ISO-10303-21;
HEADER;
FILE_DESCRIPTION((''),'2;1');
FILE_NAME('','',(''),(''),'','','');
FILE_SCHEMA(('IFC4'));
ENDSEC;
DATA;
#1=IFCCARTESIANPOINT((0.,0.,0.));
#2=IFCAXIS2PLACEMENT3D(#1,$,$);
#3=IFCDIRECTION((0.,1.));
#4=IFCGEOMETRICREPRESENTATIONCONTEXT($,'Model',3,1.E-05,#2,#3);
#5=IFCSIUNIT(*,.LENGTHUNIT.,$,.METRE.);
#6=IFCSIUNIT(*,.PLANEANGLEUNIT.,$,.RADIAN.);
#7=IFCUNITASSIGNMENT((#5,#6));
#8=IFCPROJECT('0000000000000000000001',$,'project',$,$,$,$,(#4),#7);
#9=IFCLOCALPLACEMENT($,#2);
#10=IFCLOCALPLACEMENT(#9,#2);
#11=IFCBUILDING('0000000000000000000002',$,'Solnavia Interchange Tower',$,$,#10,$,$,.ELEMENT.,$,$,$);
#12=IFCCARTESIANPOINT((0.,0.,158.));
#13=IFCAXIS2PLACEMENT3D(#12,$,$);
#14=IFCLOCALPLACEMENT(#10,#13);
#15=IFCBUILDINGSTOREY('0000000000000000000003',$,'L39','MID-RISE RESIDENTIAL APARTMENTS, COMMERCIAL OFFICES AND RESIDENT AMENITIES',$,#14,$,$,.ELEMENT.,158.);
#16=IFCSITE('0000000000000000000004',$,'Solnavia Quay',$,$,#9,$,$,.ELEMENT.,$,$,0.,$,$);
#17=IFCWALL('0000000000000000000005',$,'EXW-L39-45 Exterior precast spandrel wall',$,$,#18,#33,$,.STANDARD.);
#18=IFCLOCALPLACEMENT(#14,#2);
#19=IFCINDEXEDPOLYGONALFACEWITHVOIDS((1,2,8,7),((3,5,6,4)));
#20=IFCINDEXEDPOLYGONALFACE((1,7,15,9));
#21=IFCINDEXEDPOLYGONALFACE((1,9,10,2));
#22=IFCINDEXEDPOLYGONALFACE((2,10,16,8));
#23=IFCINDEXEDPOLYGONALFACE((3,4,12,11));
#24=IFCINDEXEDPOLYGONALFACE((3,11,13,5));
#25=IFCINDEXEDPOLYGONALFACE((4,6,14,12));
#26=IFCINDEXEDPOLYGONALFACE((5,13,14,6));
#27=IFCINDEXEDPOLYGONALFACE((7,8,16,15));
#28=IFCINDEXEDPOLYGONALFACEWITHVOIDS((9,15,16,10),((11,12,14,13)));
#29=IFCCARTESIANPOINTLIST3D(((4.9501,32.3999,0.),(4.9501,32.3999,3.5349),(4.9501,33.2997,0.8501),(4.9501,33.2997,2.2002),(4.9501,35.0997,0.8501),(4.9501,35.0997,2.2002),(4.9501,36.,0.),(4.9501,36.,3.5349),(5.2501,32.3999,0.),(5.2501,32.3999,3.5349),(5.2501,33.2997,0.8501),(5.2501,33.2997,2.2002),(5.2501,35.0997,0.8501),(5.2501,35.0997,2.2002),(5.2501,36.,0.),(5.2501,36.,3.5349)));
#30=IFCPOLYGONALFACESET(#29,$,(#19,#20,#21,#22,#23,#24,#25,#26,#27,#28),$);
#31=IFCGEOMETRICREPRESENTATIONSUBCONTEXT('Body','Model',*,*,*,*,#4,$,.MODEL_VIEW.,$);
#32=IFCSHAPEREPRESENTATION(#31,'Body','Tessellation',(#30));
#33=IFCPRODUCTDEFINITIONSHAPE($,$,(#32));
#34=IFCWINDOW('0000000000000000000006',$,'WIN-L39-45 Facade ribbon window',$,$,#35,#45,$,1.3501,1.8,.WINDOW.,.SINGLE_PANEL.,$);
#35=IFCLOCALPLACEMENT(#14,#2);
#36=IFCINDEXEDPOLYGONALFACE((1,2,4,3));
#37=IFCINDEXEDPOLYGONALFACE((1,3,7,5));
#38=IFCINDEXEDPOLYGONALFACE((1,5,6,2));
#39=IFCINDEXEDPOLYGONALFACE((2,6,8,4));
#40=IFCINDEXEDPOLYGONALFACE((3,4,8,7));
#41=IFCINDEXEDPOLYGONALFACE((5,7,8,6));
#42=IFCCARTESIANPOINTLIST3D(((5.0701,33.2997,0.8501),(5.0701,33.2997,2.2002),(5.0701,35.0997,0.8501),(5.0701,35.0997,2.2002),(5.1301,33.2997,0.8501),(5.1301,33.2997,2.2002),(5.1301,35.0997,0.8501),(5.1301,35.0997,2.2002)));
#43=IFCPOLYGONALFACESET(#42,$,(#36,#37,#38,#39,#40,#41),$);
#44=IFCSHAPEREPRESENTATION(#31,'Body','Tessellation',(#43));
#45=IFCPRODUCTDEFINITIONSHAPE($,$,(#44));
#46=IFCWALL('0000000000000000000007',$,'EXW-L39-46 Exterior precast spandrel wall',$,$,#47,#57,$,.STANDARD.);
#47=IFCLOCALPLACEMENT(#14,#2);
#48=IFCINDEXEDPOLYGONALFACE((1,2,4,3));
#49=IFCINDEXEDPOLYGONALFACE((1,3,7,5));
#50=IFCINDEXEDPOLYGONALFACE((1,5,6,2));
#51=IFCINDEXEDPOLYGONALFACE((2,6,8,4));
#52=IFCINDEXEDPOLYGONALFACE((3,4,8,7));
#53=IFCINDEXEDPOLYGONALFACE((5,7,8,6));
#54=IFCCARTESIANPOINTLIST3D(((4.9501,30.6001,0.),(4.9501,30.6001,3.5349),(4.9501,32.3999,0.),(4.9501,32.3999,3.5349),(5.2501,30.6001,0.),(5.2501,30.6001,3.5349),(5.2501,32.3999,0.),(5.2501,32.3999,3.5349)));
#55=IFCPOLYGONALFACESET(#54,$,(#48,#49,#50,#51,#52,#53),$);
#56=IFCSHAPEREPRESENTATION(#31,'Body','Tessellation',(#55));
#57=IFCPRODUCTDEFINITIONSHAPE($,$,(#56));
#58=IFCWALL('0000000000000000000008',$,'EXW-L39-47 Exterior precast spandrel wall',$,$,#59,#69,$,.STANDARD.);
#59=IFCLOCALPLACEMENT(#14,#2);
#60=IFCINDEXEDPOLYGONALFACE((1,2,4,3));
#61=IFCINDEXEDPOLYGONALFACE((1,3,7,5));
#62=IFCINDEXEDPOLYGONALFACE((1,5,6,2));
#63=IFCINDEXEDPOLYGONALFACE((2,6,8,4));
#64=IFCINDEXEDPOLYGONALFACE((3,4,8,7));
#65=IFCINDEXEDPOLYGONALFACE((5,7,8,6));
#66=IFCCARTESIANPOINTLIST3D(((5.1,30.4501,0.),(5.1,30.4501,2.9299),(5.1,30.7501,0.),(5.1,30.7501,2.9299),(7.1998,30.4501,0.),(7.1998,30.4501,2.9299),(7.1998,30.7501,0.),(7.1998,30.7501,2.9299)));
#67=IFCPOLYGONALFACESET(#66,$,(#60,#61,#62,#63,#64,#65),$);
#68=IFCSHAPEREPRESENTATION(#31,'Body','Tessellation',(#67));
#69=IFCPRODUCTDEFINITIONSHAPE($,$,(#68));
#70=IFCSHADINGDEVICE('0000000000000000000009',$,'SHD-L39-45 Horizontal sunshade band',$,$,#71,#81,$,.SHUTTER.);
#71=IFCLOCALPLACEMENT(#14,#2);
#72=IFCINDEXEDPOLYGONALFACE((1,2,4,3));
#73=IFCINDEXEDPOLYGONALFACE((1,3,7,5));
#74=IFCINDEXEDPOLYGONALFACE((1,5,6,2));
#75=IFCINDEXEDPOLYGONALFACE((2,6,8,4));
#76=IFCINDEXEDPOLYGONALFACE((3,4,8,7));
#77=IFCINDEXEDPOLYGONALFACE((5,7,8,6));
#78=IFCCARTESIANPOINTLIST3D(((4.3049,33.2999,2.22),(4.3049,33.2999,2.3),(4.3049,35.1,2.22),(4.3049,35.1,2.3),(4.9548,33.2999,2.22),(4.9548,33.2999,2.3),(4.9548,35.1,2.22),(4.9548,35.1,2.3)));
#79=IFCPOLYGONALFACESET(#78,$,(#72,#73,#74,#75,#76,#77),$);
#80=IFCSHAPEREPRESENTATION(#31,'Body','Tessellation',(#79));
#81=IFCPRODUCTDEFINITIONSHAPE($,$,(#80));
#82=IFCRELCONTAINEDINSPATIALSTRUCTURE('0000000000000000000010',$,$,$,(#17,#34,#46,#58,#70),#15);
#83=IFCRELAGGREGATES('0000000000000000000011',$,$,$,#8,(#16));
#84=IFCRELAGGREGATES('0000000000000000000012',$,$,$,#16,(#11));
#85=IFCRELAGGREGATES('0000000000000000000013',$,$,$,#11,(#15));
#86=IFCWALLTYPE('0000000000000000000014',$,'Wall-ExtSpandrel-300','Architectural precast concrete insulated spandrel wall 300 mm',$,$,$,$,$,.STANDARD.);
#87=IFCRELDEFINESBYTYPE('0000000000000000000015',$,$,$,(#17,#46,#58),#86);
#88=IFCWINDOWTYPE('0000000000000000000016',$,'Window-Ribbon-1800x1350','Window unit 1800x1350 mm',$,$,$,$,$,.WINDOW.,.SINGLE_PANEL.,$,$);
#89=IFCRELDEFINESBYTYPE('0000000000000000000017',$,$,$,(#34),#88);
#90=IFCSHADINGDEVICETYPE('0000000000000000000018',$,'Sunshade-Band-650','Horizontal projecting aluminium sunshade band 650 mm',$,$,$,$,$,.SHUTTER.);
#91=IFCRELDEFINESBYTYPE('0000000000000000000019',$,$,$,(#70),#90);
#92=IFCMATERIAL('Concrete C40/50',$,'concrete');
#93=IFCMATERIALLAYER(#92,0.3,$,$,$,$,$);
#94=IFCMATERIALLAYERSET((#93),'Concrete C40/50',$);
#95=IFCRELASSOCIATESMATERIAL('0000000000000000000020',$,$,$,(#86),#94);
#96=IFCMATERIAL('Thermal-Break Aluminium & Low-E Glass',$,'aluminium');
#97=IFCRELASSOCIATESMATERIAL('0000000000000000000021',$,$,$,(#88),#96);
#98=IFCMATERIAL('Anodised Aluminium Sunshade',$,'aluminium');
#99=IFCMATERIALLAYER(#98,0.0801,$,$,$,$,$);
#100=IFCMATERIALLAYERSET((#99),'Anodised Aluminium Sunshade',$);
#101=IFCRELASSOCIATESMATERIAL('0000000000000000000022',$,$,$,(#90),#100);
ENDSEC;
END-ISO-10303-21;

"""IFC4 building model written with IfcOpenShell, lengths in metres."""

from ifc_helpers import new_model, si_unit, direction, frame, frame_2d, origin, origin_2d, place, context, subcontext, project, spatial, rectangle, extrude, material, layer, layer_set, type_object, element, fill, save


model = new_model("IFC4")

# Units and contexts
model_context = context("Model", 3, precision=1e-05, world=origin(), true_north=direction((0.0, 1.0)))
body_context = subcontext(model_context, "Body", "Model", "MODEL_VIEW")
ifc_project = project(units=[si_unit("LENGTHUNIT", "METRE"), si_unit("PLANEANGLEUNIT", "RADIAN")], contexts=[model_context])

# Site, building, storey
site_placement = place(None, origin())
site = spatial("IfcSite", under=ifc_project, at=site_placement, Name="Solnavia Quay", CompositionType="ELEMENT", RefElevation=0.0)
building_placement = place(site_placement, origin())
building = spatial("IfcBuilding", under=site, at=building_placement, Name="Solnavia Interchange Tower", CompositionType="ELEMENT")
storey_placement = place(building_placement, frame((0.0, 0.0, 158.0)))
storey = spatial("IfcBuildingStorey", under=building, at=storey_placement, Name="L39", Description="MID-RISE RESIDENTIAL APARTMENTS, COMMERCIAL OFFICES AND RESIDENT AMENITIES", CompositionType="ELEMENT", Elevation=158.0)

# Shared definitions
ifc_material_1 = material(Name="Concrete C40/50", Category="concrete")
ifc_layer_1 = layer(ifc_material_1, 0.3)
ifc_layer_set_1 = layer_set([ifc_layer_1], Name="Concrete C40/50")
wall_type = type_object("IfcWallType", Name="Wall-ExtSpandrel-300", Description="Architectural precast concrete insulated spandrel wall 300 mm", PredefinedType="STANDARD", material=ifc_layer_set_1)

# Wall, opening, window
wall_1_placement = place(storey_placement, frame((5.1001, 32.3999, 0.0), z_axis=(0.0, 0.0, 1.0), x_axis=(0.0, 1.0, 0.0)))
wall_1 = element("IfcWall", 1, at=wall_1_placement, inside=storey, type_object=wall_type, Name="EXW-L39-45 Exterior precast spandrel wall", PredefinedType="STANDARD", context=body_context, shape_type="SweptSolid", body=[
    extrude(rectangle(XDim=3.6001, YDim=0.3, at=frame_2d((1.8, 0.0))), origin(), (0.0, 0.0, 1.0), 3.5349),
])
opening_placement = place(wall_1_placement, frame((0.8999, 0.0, 0.8501)))
opening = element("IfcOpeningElement", 2, at=opening_placement, cuts=wall_1, PredefinedType="OPENING", context=body_context, shape_type="SweptSolid", body=[
    extrude(rectangle(XDim=1.8, YDim=1.3501, at=frame_2d((0.8999, 0.675))), frame((0.0, 0.1602, 0.0), z_axis=(0.0, -1.0, 0.0), x_axis=(1.0, 0.0, 0.0)), (0.0, 0.0, 1.0), 0.3201),
])
ifc_material_2 = material(Name="Thermal-Break Aluminium & Low-E Glass", Category="aluminium")
window_type = type_object("IfcWindowType", Name="Window-Ribbon-1800x1350", Description="Window unit 1800x1350 mm", PartitioningType="SINGLE_PANEL", PredefinedType="WINDOW", material=ifc_material_2)
window_placement = place(opening_placement, origin())
window = element("IfcWindow", 3, at=window_placement, inside=storey, type_object=window_type, Name="WIN-L39-45 Facade ribbon window", OverallHeight=1.3501, OverallWidth=1.8, PartitioningType="SINGLE_PANEL", PredefinedType="WINDOW", context=body_context, shape_type="SweptSolid", body=[
    extrude(rectangle(XDim=1.8, YDim=1.3501, at=frame_2d((0.8999, 0.675))), frame((0.0, 0.03, 0.0), z_axis=(0.0, -1.0, 0.0), x_axis=(1.0, 0.0, 0.0)), (0.0, 0.0, 1.0), 0.0601),
])
fill(opening, window)

# Walls
wall_2_placement = place(storey_placement, frame((5.1001, 30.6001, 0.0), z_axis=(0.0, 0.0, 1.0), x_axis=(0.0, 1.0, 0.0)))
element("IfcWall", 4, at=wall_2_placement, inside=storey, type_object=wall_type, Name="EXW-L39-46 Exterior precast spandrel wall", PredefinedType="STANDARD", context=body_context, shape_type="SweptSolid", body=[
    extrude(rectangle(XDim=1.7998, YDim=0.3, at=frame_2d((0.8999, 0.0))), origin(), (0.0, 0.0, 1.0), 3.5349),
])
wall_3_placement = place(storey_placement, frame((5.1001, 30.6001, 0.0), z_axis=(0.0, 0.0, 1.0), x_axis=(1.0, 0.0, 0.0)))
element("IfcWall", 5, at=wall_3_placement, inside=storey, type_object=wall_type, Name="EXW-L39-47 Exterior precast spandrel wall", PredefinedType="STANDARD", context=body_context, shape_type="SweptSolid", body=[
    extrude(rectangle(XDim=2.0999, YDim=0.3, at=frame_2d((1.0498, 0.0))), origin(), (0.0, 0.0, 1.0), 2.9299),
])

# Shading device
ifc_material_3 = material(Name="Anodised Aluminium Sunshade", Category="aluminium")
ifc_layer_2 = layer(ifc_material_3, 0.0801)
ifc_layer_set_2 = layer_set([ifc_layer_2], Name="Anodised Aluminium Sunshade")
shading_device_type = type_object("IfcShadingDeviceType", Name="Sunshade-Band-650", Description="Horizontal projecting aluminium sunshade band 650 mm", PredefinedType="SHUTTER", material=ifc_layer_set_2)
shading_device_placement = place(storey_placement, frame((4.6299, 34.2, 2.22), z_axis=(0.0, 0.0, 1.0), x_axis=(0.0, 1.0, 0.0)))
element("IfcShadingDevice", 6, at=shading_device_placement, inside=storey, type_object=shading_device_type, Name="SHD-L39-45 Horizontal sunshade band", PredefinedType="SHUTTER", context=body_context, shape_type="SweptSolid", body=[
    extrude(rectangle(XDim=1.8, YDim=0.6499, at=origin_2d()), origin(), (0.0, 0.0, 1.0), 0.0801),
])

save(model, "model.ifc")
